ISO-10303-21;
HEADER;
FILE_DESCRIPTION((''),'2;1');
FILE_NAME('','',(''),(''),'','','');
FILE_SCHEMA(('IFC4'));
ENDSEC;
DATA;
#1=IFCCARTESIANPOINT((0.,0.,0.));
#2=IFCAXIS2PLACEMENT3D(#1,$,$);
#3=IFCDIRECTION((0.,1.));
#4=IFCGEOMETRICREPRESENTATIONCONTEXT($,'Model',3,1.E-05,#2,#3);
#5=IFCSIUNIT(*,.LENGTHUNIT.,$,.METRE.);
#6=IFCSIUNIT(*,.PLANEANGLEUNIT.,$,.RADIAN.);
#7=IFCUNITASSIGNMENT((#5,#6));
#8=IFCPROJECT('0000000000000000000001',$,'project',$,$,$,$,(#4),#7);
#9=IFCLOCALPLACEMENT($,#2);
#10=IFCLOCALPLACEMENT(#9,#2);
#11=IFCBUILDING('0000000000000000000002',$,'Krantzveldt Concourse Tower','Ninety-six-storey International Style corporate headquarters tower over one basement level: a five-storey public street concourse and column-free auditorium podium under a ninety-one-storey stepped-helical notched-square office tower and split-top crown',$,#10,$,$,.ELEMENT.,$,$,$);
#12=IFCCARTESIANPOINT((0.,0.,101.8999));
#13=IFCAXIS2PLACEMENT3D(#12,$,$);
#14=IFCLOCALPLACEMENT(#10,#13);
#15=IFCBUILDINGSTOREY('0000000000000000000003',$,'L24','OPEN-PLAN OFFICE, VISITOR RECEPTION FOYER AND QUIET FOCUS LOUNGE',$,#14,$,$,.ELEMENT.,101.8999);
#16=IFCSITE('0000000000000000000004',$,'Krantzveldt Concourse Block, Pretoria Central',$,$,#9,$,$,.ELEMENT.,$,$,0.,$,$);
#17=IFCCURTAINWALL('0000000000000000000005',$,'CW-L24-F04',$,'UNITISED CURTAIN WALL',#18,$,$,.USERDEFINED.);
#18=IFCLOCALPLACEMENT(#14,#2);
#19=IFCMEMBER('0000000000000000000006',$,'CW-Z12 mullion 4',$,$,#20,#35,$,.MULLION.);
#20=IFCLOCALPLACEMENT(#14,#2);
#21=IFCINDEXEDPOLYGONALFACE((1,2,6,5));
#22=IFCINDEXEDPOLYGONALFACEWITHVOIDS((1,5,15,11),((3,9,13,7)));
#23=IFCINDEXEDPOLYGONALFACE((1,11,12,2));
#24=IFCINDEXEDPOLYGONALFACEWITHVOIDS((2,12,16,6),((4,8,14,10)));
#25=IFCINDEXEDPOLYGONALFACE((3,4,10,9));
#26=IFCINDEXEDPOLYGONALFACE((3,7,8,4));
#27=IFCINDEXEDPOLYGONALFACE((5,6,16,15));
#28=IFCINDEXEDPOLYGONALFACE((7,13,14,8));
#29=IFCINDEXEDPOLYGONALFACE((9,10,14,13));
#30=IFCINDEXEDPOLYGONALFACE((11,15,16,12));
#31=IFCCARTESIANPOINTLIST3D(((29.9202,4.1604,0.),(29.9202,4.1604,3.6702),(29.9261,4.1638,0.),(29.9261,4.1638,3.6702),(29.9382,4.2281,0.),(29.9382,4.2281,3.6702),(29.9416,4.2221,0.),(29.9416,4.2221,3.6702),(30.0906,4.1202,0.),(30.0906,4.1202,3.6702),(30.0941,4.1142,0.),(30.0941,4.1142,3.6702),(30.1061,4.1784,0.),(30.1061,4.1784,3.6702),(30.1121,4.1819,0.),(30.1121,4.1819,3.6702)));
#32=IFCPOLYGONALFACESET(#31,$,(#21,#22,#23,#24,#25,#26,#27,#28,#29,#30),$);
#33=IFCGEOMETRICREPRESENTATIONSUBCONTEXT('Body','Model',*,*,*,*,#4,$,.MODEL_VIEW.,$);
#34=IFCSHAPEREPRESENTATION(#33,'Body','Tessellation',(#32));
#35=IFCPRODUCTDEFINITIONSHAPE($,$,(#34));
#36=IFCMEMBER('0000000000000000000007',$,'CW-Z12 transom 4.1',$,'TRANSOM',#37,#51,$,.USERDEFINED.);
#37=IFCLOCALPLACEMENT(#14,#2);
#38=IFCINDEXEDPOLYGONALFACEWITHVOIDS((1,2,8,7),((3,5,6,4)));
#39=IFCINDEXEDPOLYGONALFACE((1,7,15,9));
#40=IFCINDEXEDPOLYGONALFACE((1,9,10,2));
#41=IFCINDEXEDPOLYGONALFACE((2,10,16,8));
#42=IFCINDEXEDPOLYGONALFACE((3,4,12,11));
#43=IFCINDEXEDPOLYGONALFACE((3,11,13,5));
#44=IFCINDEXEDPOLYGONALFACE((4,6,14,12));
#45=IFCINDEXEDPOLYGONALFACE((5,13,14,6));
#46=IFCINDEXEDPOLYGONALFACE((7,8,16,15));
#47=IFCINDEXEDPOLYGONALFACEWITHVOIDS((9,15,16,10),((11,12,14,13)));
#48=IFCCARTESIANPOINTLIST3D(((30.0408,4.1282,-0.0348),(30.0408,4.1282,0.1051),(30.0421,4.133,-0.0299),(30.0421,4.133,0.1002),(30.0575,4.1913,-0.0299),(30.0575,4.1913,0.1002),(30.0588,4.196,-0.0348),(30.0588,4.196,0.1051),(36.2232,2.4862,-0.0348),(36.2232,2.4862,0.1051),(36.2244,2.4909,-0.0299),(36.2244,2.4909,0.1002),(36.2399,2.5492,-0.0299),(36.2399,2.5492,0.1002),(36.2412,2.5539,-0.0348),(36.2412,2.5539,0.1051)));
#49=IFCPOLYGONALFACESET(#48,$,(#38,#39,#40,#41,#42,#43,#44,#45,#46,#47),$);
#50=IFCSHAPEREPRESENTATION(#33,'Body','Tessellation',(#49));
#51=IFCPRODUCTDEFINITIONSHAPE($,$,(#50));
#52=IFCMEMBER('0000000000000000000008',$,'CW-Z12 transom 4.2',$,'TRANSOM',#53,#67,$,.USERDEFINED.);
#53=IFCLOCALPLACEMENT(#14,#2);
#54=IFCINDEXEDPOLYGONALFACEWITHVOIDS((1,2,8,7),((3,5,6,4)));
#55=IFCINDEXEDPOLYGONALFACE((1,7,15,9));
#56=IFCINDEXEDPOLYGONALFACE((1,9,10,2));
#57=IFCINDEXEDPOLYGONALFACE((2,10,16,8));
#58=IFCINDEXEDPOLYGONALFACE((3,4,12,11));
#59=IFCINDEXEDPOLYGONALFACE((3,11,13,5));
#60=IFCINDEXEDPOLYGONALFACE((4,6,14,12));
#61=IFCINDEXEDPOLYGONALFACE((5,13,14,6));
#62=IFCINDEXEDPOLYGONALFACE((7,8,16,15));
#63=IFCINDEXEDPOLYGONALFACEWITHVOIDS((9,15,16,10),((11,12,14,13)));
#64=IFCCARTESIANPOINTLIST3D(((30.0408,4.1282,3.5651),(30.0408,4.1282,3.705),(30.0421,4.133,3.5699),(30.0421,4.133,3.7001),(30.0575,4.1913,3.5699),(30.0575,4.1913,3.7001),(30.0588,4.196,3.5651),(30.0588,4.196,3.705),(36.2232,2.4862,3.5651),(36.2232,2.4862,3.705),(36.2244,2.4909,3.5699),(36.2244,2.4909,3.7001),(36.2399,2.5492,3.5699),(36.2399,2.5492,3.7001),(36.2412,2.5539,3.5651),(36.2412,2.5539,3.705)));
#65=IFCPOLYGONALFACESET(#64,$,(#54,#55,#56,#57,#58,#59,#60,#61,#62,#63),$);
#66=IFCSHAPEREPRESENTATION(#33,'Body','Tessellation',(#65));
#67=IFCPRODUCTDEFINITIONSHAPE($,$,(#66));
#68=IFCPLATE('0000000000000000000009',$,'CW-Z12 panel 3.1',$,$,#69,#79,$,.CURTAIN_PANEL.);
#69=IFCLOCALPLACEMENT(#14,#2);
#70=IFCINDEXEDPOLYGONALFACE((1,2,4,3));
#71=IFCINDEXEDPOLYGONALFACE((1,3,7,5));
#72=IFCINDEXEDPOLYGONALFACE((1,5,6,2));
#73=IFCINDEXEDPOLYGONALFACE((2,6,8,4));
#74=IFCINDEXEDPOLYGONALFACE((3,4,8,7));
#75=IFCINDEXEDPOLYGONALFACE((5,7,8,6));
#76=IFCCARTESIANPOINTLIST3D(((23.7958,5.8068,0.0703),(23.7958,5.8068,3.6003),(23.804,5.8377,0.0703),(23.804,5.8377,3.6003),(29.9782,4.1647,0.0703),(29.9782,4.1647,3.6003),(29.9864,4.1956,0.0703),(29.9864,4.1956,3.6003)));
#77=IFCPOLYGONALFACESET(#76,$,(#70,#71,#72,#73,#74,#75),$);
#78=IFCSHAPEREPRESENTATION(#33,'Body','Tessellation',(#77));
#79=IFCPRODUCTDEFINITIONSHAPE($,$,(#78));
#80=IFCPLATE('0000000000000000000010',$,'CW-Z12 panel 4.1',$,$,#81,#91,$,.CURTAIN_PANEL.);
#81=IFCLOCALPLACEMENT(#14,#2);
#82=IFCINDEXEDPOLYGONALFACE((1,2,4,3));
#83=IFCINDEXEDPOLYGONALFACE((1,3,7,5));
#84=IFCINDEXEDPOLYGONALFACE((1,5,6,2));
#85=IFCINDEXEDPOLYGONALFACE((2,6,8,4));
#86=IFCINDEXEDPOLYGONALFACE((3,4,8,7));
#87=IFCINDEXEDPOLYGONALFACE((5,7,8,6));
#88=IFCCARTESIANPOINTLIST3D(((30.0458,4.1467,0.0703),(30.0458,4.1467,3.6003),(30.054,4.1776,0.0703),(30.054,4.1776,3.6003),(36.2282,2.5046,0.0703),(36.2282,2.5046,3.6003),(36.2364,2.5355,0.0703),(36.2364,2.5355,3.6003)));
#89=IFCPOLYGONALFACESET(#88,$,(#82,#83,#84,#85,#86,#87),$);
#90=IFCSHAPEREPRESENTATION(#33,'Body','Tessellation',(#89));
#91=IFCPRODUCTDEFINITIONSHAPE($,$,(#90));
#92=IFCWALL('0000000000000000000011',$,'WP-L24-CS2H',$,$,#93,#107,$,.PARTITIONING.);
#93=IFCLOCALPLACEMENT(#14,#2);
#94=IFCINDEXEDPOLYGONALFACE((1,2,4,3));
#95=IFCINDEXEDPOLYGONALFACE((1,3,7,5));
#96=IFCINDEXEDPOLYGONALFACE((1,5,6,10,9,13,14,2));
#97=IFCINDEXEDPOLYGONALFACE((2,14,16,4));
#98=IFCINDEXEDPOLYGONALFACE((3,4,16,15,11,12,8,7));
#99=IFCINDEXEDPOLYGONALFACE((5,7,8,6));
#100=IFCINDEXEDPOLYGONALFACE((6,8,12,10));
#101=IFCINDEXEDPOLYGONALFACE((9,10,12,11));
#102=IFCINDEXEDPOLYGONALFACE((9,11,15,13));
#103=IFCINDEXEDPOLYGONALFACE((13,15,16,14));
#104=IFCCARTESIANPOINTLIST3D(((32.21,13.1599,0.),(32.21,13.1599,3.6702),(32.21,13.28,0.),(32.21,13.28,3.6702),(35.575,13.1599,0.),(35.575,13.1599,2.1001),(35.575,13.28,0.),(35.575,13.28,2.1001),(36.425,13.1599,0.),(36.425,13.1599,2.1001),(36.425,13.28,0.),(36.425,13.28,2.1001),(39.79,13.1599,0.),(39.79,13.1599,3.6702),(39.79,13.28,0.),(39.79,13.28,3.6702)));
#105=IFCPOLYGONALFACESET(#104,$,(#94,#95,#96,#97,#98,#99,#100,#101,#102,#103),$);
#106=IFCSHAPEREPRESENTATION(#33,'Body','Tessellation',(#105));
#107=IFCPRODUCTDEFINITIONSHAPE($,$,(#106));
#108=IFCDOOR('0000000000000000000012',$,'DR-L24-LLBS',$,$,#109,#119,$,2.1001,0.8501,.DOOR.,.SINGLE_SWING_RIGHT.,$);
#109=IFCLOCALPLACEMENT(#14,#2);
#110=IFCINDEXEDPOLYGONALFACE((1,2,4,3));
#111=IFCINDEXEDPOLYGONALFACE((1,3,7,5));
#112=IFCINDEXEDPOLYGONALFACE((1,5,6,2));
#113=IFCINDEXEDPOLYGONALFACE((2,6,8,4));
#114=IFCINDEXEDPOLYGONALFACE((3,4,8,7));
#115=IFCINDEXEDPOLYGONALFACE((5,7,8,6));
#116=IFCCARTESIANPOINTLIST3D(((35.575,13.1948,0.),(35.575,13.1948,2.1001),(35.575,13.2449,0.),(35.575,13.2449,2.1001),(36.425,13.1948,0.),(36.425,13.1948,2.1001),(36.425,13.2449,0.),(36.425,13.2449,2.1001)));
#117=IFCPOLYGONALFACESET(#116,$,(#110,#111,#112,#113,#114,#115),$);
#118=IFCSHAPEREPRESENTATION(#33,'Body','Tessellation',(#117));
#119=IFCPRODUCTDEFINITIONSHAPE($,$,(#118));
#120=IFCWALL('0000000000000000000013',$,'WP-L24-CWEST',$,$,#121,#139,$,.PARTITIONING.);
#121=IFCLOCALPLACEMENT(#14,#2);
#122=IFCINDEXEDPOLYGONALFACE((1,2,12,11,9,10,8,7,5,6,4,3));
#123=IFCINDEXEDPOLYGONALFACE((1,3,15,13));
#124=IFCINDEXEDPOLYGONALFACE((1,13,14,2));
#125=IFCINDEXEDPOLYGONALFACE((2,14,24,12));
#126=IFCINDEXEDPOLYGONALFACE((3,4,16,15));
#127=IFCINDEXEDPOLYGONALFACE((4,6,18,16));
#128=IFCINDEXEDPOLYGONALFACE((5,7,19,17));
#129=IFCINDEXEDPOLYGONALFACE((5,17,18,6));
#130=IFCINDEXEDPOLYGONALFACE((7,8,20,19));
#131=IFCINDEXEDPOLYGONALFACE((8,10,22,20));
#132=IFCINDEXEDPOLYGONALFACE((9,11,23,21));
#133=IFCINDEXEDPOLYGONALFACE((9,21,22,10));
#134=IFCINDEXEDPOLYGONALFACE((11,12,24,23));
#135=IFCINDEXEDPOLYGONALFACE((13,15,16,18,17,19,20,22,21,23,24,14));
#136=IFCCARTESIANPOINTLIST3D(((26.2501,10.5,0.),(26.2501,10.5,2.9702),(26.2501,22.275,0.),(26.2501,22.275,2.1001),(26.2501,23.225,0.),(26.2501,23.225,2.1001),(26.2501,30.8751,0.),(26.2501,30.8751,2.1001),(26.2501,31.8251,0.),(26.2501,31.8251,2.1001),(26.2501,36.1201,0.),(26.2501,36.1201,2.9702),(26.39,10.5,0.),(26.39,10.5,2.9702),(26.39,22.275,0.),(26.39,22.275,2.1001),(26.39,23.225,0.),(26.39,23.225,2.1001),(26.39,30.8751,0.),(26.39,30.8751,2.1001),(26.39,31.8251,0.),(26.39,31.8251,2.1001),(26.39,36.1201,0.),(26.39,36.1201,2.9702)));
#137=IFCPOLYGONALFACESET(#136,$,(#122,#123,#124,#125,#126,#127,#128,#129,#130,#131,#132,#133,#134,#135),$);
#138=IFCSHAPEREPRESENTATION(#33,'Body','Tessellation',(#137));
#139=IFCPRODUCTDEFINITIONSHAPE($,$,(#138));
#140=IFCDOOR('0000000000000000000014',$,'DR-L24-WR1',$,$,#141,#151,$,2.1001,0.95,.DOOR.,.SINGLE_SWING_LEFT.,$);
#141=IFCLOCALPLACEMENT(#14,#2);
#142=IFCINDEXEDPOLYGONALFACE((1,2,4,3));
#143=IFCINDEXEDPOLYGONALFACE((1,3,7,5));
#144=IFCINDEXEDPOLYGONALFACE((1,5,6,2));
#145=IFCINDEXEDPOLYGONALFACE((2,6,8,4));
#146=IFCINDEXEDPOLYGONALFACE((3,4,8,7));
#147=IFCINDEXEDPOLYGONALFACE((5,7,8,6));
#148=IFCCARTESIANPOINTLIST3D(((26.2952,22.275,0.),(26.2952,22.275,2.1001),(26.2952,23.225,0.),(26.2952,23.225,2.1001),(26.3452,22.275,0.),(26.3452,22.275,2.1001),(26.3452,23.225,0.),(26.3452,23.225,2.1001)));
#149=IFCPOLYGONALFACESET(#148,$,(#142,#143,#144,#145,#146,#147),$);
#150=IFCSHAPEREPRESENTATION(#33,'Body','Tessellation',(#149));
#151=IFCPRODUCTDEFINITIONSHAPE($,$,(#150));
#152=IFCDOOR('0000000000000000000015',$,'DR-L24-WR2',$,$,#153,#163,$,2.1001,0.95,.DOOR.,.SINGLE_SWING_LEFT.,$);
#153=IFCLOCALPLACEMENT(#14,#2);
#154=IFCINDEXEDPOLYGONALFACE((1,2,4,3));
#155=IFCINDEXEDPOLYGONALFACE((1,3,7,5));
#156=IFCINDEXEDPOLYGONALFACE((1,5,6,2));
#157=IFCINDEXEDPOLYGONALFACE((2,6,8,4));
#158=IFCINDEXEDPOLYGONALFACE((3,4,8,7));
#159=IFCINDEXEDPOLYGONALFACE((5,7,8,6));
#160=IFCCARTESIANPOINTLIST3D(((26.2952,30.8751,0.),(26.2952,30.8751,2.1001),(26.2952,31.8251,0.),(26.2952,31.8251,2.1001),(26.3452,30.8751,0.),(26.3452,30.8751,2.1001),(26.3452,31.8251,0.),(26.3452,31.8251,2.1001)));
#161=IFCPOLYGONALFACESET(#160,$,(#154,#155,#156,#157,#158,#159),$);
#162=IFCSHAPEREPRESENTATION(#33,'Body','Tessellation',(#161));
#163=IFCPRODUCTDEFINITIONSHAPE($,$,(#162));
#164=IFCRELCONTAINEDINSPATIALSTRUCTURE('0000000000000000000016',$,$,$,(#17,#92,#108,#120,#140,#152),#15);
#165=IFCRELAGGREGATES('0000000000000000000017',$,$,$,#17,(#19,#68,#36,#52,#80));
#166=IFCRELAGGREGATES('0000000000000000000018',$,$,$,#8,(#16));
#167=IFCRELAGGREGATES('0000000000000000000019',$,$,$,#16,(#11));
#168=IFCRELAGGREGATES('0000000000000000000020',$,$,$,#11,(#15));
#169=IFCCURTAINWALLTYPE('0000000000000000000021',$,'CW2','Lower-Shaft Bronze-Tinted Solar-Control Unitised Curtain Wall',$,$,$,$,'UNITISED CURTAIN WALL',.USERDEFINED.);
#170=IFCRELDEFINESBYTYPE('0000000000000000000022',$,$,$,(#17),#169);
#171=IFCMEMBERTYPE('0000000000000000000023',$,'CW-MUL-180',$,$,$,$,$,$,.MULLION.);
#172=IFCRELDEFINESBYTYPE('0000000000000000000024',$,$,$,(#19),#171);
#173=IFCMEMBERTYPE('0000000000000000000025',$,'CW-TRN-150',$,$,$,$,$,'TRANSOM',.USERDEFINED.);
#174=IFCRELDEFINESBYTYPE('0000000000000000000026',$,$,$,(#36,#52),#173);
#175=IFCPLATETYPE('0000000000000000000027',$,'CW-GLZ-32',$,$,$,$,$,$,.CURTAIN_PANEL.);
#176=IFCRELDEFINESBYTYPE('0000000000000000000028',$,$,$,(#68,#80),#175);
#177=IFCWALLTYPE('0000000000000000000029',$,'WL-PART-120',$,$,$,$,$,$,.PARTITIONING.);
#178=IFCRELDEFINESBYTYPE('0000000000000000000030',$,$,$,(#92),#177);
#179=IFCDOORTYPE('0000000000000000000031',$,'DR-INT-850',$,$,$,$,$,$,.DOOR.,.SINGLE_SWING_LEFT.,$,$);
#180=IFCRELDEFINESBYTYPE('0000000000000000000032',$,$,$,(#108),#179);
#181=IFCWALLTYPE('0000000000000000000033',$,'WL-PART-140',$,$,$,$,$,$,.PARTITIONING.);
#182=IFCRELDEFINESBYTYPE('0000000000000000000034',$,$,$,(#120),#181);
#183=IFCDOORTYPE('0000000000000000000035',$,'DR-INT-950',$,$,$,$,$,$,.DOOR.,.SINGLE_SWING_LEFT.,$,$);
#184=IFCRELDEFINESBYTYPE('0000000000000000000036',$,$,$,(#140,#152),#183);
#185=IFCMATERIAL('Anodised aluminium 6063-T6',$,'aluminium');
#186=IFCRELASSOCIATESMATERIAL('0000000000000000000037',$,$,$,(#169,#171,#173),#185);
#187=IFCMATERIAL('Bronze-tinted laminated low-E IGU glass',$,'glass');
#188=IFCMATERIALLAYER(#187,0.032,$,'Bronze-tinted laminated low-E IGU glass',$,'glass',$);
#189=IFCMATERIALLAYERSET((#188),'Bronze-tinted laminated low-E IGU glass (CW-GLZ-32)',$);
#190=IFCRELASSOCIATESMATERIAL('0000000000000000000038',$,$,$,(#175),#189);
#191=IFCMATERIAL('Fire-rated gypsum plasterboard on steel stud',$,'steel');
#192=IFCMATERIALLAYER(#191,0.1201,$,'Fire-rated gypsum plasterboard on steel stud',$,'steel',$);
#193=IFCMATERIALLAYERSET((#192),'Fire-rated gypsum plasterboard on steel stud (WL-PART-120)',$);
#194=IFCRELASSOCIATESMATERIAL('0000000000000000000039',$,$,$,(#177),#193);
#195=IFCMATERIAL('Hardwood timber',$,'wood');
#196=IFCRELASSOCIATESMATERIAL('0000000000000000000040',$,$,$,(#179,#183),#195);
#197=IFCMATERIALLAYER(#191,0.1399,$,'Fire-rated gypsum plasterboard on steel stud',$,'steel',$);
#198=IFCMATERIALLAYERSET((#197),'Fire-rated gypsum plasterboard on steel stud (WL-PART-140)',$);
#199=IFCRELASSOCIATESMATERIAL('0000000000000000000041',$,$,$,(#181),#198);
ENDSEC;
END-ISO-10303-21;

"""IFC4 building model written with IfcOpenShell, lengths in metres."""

from ifc_helpers import new_model, si_unit, direction, frame, frame_2d, origin, origin_2d, place, context, subcontext, project, spatial, rectangle, hollow_rectangle, extrude, source, transform, mapped, material, layer, layer_set, material_profile, profile_set, type_object, type_shapes, element, fill, aggregate, save


model = new_model("IFC4")

# Units and contexts
model_context = context("Model", 3, precision=1e-05, world=origin(), true_north=direction((0.0, 1.0)))
body_context = subcontext(model_context, "Body", "Model", "MODEL_VIEW")
ifc_project = project(units=[si_unit("LENGTHUNIT", "METRE"), si_unit("PLANEANGLEUNIT", "RADIAN")], contexts=[model_context])

# Site, building, storey
site_placement = place(None, origin())
site = spatial("IfcSite", under=ifc_project, at=site_placement, Name="Krantzveldt Concourse Block, Pretoria Central", CompositionType="ELEMENT", RefElevation=0.0)
building_placement = place(site_placement, origin())
building = spatial("IfcBuilding", under=site, at=building_placement, Name="Krantzveldt Concourse Tower", Description="Ninety-six-storey International Style corporate headquarters tower over one basement level: a five-storey public street concourse and column-free auditorium podium under a ninety-one-storey stepped-helical notched-square office tower and split-top crown", CompositionType="ELEMENT")
storey_placement = place(building_placement, frame((0.0, 0.0, 101.8999)))
storey = spatial("IfcBuildingStorey", under=building, at=storey_placement, Name="L24", Description="OPEN-PLAN OFFICE, VISITOR RECEPTION FOYER AND QUIET FOCUS LOUNGE", CompositionType="ELEMENT", Elevation=101.8999)

# Curtain wall, members, plates
ifc_material_1 = material(Name="Anodised aluminium 6063-T6", Category="aluminium")
curtain_wall_type = type_object("IfcCurtainWallType", Name="CW2", Description="Lower-Shaft Bronze-Tinted Solar-Control Unitised Curtain Wall", ElementType="UNITISED CURTAIN WALL", PredefinedType="USERDEFINED", material=ifc_material_1)
curtain_wall_placement = place(storey_placement, origin())
curtain_wall = element("IfcCurtainWall", 1, at=curtain_wall_placement, inside=storey, type_object=curtain_wall_type, Name="CW-L24-F04", ObjectType="UNITISED CURTAIN WALL", PredefinedType="USERDEFINED")
ifc_material_profile_1 = material_profile(ifc_material_1, hollow_rectangle(XDim=0.0701, YDim=0.1799, WallThickness=0.0049, at=origin_2d()), Name="Anodised aluminium 6063-T6", Category="aluminium")
ifc_profile_set_1 = profile_set([ifc_material_profile_1], Name="Anodised aluminium 6063-T6 - ALU-MULL 180x70x5")
member_type_1 = type_object("IfcMemberType", Name="CW-MUL-180", PredefinedType="MULLION", material=ifc_profile_set_1)
shared_shape_1 = source(origin(), body_context, "Body", "SweptSolid", [
    extrude(hollow_rectangle(XDim=0.0701, YDim=0.1799, WallThickness=0.0049, at=origin_2d()), origin(), (0.0, 0.0, 1.0), 3.6702),
])
type_shapes(member_type_1, [shared_shape_1])
member_1_placement = place(storey_placement, frame((30.0161, 4.1711, 0.0), z_axis=(0.0, 0.0, 1.0), x_axis=(0.256711, 0.966488, 0.0)))
member_1 = element("IfcMember", 2, at=member_1_placement, type_object=member_type_1, Name="CW-Z12 mullion 4", PredefinedType="MULLION", context=body_context, shape_type="MappedRepresentation", body=[
    mapped(shared_shape_1, transform((0.0, 0.0, 0.0), x_axis=(1.0, 0.0, 0.0), y_axis=(0.0, 1.0, 0.0), z_axis=(0.0, 0.0, 1.0), scale=1.0)),
])
ifc_material_profile_2 = material_profile(ifc_material_1, hollow_rectangle(XDim=0.0701, YDim=0.1399, WallThickness=0.0049, at=origin_2d()), Name="Anodised aluminium 6063-T6", Category="aluminium")
ifc_profile_set_2 = profile_set([ifc_material_profile_2], Name="Anodised aluminium 6063-T6 - ALU-TRAN 140x70x5")
member_type_2 = type_object("IfcMemberType", Name="CW-TRN-150", ElementType="TRANSOM", PredefinedType="USERDEFINED", material=ifc_profile_set_2)
shared_shape_2 = source(origin(), body_context, "Body", "SweptSolid", [
    extrude(hollow_rectangle(XDim=0.0701, YDim=0.1399, WallThickness=0.0049, at=origin_2d()), origin(), (0.0, 0.0, 1.0), 6.3967),
])
type_shapes(member_type_2, [shared_shape_2])
member_2_placement = place(storey_placement, frame((30.0498, 4.1621, 0.0352), z_axis=(0.966489, -0.256708, 0.0), x_axis=(0.256708, 0.966489, 0.0)))
member_2 = element("IfcMember", 3, at=member_2_placement, type_object=member_type_2, Name="CW-Z12 transom 4.1", ObjectType="TRANSOM", PredefinedType="USERDEFINED", context=body_context, shape_type="MappedRepresentation", body=[
    mapped(shared_shape_2, transform((0.0, 0.0, 0.0), x_axis=(1.0, 0.0, 0.0), y_axis=(0.0, 1.0, 0.0), z_axis=(0.0, 0.0, 1.0), scale=1.0)),
])
member_3_placement = place(storey_placement, frame((30.0498, 4.1621, 3.635), z_axis=(0.966489, -0.256708, 0.0), x_axis=(0.256708, 0.966489, 0.0)))
member_3 = element("IfcMember", 4, at=member_3_placement, type_object=member_type_2, Name="CW-Z12 transom 4.2", ObjectType="TRANSOM", PredefinedType="USERDEFINED", context=body_context, shape_type="MappedRepresentation", body=[
    mapped(shared_shape_2, transform((0.0, 0.0, 0.0), x_axis=(1.0, 0.0, 0.0), y_axis=(0.0, 1.0, 0.0), z_axis=(0.0, 0.0, 1.0), scale=1.0)),
])
ifc_material_2 = material(Name="Bronze-tinted laminated low-E IGU glass", Category="glass")
ifc_layer_1 = layer(ifc_material_2, 0.032, Name="Bronze-tinted laminated low-E IGU glass", Category="glass")
ifc_layer_set_1 = layer_set([ifc_layer_1], Name="Bronze-tinted laminated low-E IGU glass (CW-GLZ-32)")
plate_type = type_object("IfcPlateType", Name="CW-GLZ-32", PredefinedType="CURTAIN_PANEL", material=ifc_layer_set_1)
shared_shape_3 = source(origin(), body_context, "Body", "SweptSolid", [
    extrude(rectangle(XDim=6.3967, YDim=0.032, at=origin_2d()), origin(), (0.0, 0.0, 1.0), 3.53),
])
type_shapes(plate_type, [shared_shape_3])
plate_1_placement = place(storey_placement, frame((26.8911, 5.0012, 0.0703), z_axis=(0.0, 0.0, 1.0), x_axis=(0.966488, -0.256711, 0.0)))
plate_1 = element("IfcPlate", 5, at=plate_1_placement, type_object=plate_type, Name="CW-Z12 panel 3.1", PredefinedType="CURTAIN_PANEL", context=body_context, shape_type="MappedRepresentation", body=[
    mapped(shared_shape_3, transform((0.0, 0.0, 0.0), x_axis=(1.0, 0.0, 0.0), y_axis=(0.0, 1.0, 0.0), z_axis=(0.0, 0.0, 1.0), scale=1.0)),
])
plate_2_placement = place(storey_placement, frame((33.1411, 3.3411, 0.0703), z_axis=(0.0, 0.0, 1.0), x_axis=(0.966488, -0.256711, 0.0)))
plate_2 = element("IfcPlate", 6, at=plate_2_placement, type_object=plate_type, Name="CW-Z12 panel 4.1", PredefinedType="CURTAIN_PANEL", context=body_context, shape_type="MappedRepresentation", body=[
    mapped(shared_shape_3, transform((0.0, 0.0, 0.0), x_axis=(1.0, 0.0, 0.0), y_axis=(0.0, 1.0, 0.0), z_axis=(0.0, 0.0, 1.0), scale=1.0)),
])
aggregate(curtain_wall, [member_1, plate_1, member_2, member_3, plate_2])

# Wall, opening, door
ifc_material_3 = material(Name="Fire-rated gypsum plasterboard on steel stud", Category="steel")
ifc_layer_2 = layer(ifc_material_3, 0.1201, Name="Fire-rated gypsum plasterboard on steel stud", Category="steel")
ifc_layer_set_2 = layer_set([ifc_layer_2], Name="Fire-rated gypsum plasterboard on steel stud (WL-PART-120)")
wall_type_1 = type_object("IfcWallType", Name="WL-PART-120", PredefinedType="PARTITIONING", material=ifc_layer_set_2)
wall_1_placement = place(storey_placement, frame((32.21, 13.22, 0.0), z_axis=(0.0, 0.0, 1.0), x_axis=(1.0, 0.0, 0.0)))
wall_1 = element("IfcWall", 7, at=wall_1_placement, inside=storey, type_object=wall_type_1, Name="WP-L24-CS2H", PredefinedType="PARTITIONING", context=body_context, shape_type="SweptSolid", body=[
    extrude(rectangle(XDim=7.5801, YDim=0.1201, at=frame_2d((3.79, 0.0))), origin(), (0.0, 0.0, 1.0), 3.6702),
])
opening_1_placement = place(wall_1_placement, frame((3.365, 0.0, 0.0)))
opening_1 = element("IfcOpeningElement", 8, at=opening_1_placement, cuts=wall_1, PredefinedType="OPENING", context=body_context, shape_type="SweptSolid", body=[
    extrude(rectangle(XDim=0.8501, YDim=2.1001, at=frame_2d((0.425, 1.05))), frame((0.0, 0.0701, 0.0), z_axis=(0.0, -1.0, 0.0), x_axis=(1.0, 0.0, 0.0)), (0.0, 0.0, 1.0), 0.1401),
])
ifc_material_4 = material(Name="Hardwood timber", Category="wood")
door_type_1 = type_object("IfcDoorType", Name="DR-INT-850", OperationType="SINGLE_SWING_LEFT", PredefinedType="DOOR", material=ifc_material_4)
door_1_placement = place(opening_1_placement, origin())
door_1 = element("IfcDoor", 9, at=door_1_placement, inside=storey, type_object=door_type_1, Name="DR-L24-LLBS", OperationType="SINGLE_SWING_RIGHT", OverallHeight=2.1001, OverallWidth=0.8501, PredefinedType="DOOR", context=body_context, shape_type="SweptSolid", body=[
    extrude(rectangle(XDim=0.8501, YDim=2.1001, at=frame_2d((0.425, 1.05))), frame((0.0, 0.0249, 0.0), z_axis=(0.0, -1.0, 0.0), x_axis=(1.0, 0.0, 0.0)), (0.0, 0.0, 1.0), 0.05),
])
fill(opening_1, door_1)

# Wall, openings, doors
ifc_layer_3 = layer(ifc_material_3, 0.1399, Name="Fire-rated gypsum plasterboard on steel stud", Category="steel")
ifc_layer_set_3 = layer_set([ifc_layer_3], Name="Fire-rated gypsum plasterboard on steel stud (WL-PART-140)")
wall_type_2 = type_object("IfcWallType", Name="WL-PART-140", PredefinedType="PARTITIONING", material=ifc_layer_set_3)
wall_2_placement = place(storey_placement, frame((26.3201, 10.5, 0.0), z_axis=(0.0, 0.0, 1.0), x_axis=(0.0, 1.0, 0.0)))
wall_2 = element("IfcWall", 10, at=wall_2_placement, inside=storey, type_object=wall_type_2, Name="WP-L24-CWEST", PredefinedType="PARTITIONING", context=body_context, shape_type="SweptSolid", body=[
    extrude(rectangle(XDim=25.6201, YDim=0.1399, at=frame_2d((12.8101, 0.0))), origin(), (0.0, 0.0, 1.0), 2.9702),
])
opening_2_placement = place(wall_2_placement, frame((11.7749, 0.0, 0.0)))
opening_2 = element("IfcOpeningElement", 11, at=opening_2_placement, cuts=wall_2, PredefinedType="OPENING", context=body_context, shape_type="SweptSolid", body=[
    extrude(rectangle(XDim=0.95, YDim=2.1001, at=frame_2d((0.4751, 1.05))), frame((0.0, 0.0801, 0.0), z_axis=(0.0, -1.0, 0.0), x_axis=(1.0, 0.0, 0.0)), (0.0, 0.0, 1.0), 0.1599),
])
opening_3_placement = place(wall_2_placement, frame((20.375, 0.0, 0.0)))
opening_3 = element("IfcOpeningElement", 12, at=opening_3_placement, cuts=wall_2, PredefinedType="OPENING", context=body_context, shape_type="SweptSolid", body=[
    extrude(rectangle(XDim=0.95, YDim=2.1001, at=frame_2d((0.4751, 1.05))), frame((0.0, 0.0801, 0.0), z_axis=(0.0, -1.0, 0.0), x_axis=(1.0, 0.0, 0.0)), (0.0, 0.0, 1.0), 0.1599),
])
door_type_2 = type_object("IfcDoorType", Name="DR-INT-950", OperationType="SINGLE_SWING_LEFT", PredefinedType="DOOR", material=ifc_material_4)
door_2_placement = place(opening_2_placement, origin())
door_2 = element("IfcDoor", 13, at=door_2_placement, inside=storey, type_object=door_type_2, Name="DR-L24-WR1", OperationType="SINGLE_SWING_LEFT", OverallHeight=2.1001, OverallWidth=0.95, PredefinedType="DOOR", context=body_context, shape_type="SweptSolid", body=[
    extrude(rectangle(XDim=0.95, YDim=2.1001, at=frame_2d((0.4751, 1.05))), frame((0.0, 0.0249, 0.0), z_axis=(0.0, -1.0, 0.0), x_axis=(1.0, 0.0, 0.0)), (0.0, 0.0, 1.0), 0.05),
])
fill(opening_2, door_2)
door_3_placement = place(opening_3_placement, origin())
door_3 = element("IfcDoor", 14, at=door_3_placement, inside=storey, type_object=door_type_2, Name="DR-L24-WR2", OperationType="SINGLE_SWING_LEFT", OverallHeight=2.1001, OverallWidth=0.95, PredefinedType="DOOR", context=body_context, shape_type="SweptSolid", body=[
    extrude(rectangle(XDim=0.95, YDim=2.1001, at=frame_2d((0.4751, 1.05))), frame((0.0, 0.0249, 0.0), z_axis=(0.0, -1.0, 0.0), x_axis=(1.0, 0.0, 0.0)), (0.0, 0.0, 1.0), 0.05),
])
fill(opening_3, door_3)

save(model, "model.ifc")
